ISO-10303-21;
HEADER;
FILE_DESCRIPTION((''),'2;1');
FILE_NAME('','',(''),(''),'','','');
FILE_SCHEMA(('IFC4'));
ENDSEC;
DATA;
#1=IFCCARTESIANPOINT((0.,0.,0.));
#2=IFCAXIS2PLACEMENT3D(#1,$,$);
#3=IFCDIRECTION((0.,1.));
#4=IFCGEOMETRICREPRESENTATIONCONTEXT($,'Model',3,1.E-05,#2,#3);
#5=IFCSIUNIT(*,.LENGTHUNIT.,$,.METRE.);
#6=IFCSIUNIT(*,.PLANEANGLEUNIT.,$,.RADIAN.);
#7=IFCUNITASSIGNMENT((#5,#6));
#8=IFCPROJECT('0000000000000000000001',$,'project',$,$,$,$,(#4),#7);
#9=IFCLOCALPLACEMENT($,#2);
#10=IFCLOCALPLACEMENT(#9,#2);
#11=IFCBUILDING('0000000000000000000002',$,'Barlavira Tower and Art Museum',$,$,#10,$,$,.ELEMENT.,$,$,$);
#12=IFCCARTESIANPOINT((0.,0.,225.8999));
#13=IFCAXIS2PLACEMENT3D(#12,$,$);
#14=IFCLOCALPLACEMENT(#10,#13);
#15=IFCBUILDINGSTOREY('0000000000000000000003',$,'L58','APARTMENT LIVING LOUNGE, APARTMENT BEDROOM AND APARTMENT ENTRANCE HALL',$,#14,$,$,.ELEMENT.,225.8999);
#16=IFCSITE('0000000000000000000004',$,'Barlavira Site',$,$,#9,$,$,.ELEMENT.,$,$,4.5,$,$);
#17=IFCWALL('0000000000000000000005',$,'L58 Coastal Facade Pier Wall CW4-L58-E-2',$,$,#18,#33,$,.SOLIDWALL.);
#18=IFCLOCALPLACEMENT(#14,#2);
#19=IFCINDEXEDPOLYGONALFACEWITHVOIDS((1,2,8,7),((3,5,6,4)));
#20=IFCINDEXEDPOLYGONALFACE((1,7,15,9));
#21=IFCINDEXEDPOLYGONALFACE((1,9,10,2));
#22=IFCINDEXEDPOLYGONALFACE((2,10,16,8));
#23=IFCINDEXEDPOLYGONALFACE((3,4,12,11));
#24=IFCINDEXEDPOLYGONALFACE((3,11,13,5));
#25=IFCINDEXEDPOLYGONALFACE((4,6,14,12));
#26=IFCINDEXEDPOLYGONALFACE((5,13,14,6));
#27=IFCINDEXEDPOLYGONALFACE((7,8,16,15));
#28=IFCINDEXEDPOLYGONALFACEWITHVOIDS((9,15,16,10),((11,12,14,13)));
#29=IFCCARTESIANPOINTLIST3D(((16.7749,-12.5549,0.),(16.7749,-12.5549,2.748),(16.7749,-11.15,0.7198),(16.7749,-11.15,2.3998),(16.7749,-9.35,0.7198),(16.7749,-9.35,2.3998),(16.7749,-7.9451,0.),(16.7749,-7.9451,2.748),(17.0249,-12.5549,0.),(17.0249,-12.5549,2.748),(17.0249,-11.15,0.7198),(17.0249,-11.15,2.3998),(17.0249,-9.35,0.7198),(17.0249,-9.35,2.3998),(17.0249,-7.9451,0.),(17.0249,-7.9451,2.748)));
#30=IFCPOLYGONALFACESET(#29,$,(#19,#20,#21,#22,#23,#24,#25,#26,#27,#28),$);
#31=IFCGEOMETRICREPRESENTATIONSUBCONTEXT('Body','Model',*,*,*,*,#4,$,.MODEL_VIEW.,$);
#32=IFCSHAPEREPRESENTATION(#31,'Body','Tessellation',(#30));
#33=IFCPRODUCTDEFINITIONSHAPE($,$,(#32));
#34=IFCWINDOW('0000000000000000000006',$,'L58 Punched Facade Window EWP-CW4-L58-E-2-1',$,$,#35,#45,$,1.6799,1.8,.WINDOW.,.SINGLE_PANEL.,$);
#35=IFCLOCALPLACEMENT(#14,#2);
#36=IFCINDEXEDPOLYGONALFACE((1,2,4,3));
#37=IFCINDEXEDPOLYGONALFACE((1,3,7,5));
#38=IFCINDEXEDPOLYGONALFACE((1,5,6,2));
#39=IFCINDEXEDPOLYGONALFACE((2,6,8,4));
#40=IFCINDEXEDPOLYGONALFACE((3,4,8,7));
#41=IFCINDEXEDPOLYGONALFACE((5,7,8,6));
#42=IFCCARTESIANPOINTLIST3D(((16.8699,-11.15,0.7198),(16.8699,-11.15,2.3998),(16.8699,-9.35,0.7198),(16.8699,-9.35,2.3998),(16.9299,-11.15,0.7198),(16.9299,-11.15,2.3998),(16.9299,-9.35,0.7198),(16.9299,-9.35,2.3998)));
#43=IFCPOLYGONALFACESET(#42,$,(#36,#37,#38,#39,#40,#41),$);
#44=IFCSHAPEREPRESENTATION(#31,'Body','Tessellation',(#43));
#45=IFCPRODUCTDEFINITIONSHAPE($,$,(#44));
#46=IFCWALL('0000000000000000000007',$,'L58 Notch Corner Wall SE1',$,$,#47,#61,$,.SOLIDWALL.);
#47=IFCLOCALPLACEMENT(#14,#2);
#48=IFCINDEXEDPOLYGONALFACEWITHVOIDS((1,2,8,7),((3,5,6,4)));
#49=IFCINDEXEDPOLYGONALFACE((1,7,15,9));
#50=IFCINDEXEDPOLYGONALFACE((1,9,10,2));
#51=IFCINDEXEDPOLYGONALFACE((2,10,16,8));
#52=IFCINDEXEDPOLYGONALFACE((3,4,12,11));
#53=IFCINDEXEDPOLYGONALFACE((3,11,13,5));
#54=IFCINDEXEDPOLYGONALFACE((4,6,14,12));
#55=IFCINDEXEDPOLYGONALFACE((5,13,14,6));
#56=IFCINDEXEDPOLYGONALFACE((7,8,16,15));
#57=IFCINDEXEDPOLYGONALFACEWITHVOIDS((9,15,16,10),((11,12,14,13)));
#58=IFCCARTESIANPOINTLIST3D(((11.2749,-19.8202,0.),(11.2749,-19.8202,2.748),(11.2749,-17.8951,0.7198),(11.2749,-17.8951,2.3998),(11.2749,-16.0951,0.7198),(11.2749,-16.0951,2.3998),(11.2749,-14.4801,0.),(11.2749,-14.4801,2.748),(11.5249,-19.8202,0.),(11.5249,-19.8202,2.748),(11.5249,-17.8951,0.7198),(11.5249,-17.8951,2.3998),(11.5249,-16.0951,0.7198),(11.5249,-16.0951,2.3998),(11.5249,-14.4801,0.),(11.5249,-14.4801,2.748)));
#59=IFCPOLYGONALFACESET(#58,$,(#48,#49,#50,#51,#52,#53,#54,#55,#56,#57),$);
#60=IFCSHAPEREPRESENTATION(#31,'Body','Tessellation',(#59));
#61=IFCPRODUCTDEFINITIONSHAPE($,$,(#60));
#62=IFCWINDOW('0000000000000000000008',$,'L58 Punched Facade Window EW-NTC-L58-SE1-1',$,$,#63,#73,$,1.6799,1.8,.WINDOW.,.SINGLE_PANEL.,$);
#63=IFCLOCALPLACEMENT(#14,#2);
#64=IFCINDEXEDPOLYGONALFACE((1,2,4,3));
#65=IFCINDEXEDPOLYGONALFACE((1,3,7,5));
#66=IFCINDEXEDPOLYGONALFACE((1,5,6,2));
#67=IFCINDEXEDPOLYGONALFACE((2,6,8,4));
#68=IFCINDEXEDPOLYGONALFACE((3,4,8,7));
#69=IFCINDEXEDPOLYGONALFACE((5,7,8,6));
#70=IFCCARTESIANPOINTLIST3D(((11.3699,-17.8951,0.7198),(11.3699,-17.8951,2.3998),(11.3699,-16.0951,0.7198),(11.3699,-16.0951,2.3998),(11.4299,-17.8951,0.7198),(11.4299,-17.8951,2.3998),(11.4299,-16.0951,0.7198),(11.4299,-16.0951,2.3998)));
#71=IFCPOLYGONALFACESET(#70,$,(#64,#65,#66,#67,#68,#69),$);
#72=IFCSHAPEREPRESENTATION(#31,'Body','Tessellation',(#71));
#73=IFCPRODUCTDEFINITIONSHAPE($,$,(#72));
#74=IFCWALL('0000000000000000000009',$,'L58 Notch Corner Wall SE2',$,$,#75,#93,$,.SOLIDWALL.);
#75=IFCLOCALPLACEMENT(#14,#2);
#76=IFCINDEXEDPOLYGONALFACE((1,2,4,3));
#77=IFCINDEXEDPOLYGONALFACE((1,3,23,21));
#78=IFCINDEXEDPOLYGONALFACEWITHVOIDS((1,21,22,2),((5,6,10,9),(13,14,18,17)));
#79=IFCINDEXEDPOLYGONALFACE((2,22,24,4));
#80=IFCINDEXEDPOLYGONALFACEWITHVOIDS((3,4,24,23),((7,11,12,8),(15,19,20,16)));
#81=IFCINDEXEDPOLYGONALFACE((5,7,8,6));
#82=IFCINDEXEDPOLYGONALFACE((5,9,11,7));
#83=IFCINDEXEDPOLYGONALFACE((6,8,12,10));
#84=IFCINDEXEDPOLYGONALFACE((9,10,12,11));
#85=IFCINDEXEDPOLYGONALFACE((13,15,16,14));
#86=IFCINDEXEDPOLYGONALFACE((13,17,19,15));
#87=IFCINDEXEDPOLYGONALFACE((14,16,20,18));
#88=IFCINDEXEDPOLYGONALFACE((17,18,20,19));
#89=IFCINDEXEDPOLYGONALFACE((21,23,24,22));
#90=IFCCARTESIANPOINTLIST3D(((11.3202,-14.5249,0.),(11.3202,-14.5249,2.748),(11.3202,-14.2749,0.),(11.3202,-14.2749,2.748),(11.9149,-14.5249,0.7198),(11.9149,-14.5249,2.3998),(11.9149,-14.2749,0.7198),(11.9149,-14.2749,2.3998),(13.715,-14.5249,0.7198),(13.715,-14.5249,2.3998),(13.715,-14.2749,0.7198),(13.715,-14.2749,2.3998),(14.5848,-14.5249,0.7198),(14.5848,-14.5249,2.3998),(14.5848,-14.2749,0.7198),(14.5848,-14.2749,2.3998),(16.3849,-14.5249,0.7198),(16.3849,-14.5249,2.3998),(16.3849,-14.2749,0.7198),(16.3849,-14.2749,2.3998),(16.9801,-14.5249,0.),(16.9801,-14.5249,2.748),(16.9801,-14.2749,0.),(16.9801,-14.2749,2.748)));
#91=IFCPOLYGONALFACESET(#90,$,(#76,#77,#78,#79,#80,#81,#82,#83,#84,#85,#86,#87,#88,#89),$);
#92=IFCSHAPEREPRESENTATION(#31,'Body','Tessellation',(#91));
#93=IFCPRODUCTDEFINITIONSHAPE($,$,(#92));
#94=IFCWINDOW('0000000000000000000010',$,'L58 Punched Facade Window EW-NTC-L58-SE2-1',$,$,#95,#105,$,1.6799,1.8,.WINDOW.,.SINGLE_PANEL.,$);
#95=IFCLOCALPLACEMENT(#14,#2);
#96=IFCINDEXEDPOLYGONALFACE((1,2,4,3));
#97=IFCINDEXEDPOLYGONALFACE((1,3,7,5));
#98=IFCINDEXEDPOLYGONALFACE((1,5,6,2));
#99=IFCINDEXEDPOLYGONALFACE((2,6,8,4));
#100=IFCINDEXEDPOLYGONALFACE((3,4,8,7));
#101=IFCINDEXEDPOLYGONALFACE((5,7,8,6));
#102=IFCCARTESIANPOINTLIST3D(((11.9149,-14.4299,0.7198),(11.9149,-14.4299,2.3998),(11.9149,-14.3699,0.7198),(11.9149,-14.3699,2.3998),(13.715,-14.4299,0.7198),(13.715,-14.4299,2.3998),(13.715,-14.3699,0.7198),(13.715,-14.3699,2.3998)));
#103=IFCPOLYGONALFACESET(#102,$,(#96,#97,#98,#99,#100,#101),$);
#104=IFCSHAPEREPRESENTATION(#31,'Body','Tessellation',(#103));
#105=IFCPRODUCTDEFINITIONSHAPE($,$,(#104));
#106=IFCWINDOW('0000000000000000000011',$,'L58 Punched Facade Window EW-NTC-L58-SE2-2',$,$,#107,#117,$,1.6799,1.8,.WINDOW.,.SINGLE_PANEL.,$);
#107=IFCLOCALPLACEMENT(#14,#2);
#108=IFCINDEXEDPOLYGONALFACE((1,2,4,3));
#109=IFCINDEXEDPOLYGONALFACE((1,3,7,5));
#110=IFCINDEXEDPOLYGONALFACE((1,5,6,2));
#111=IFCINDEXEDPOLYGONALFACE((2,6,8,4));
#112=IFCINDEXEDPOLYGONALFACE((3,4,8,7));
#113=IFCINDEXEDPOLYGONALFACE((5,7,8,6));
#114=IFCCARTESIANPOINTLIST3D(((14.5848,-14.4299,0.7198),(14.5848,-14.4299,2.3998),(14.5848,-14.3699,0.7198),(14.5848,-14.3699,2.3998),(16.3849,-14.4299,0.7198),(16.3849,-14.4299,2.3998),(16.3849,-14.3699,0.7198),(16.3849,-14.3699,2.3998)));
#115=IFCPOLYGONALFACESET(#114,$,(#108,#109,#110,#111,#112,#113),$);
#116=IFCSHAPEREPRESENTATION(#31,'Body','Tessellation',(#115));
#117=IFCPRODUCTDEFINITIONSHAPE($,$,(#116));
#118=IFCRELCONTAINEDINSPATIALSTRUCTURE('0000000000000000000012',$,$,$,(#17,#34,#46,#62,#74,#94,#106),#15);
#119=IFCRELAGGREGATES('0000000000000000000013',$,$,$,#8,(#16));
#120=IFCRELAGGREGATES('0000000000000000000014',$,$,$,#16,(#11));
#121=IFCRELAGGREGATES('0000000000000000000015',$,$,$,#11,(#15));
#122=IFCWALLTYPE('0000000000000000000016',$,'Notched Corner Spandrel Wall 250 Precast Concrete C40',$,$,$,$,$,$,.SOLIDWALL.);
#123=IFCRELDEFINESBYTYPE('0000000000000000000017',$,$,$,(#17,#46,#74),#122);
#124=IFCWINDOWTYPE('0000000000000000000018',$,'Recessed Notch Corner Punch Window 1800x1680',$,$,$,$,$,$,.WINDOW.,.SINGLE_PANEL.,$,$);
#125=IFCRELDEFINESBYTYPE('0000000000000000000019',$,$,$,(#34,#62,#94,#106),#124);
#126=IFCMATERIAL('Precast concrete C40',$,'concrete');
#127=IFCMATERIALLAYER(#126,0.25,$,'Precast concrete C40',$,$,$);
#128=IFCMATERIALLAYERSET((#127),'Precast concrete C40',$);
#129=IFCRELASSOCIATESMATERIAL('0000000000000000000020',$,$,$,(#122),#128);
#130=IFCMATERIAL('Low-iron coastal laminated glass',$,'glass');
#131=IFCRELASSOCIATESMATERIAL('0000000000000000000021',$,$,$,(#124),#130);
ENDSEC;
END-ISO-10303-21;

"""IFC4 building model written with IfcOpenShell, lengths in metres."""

from ifc_helpers import new_model, si_unit, direction, frame, frame_2d, origin, place, context, subcontext, project, spatial, rectangle, extrude, material, layer, layer_set, type_object, element, fill, save


model = new_model("IFC4")

# Units and contexts
model_context = context("Model", 3, precision=1e-05, world=origin(), true_north=direction((0.0, 1.0)))
body_context = subcontext(model_context, "Body", "Model", "MODEL_VIEW")
ifc_project = project(units=[si_unit("LENGTHUNIT", "METRE"), si_unit("PLANEANGLEUNIT", "RADIAN")], contexts=[model_context])

# Site, building, storey
site_placement = place(None, origin())
site = spatial("IfcSite", under=ifc_project, at=site_placement, Name="Barlavira Site", CompositionType="ELEMENT", RefElevation=4.5)
building_placement = place(site_placement, origin())
building = spatial("IfcBuilding", under=site, at=building_placement, Name="Barlavira Tower and Art Museum", CompositionType="ELEMENT")
storey_placement = place(building_placement, frame((0.0, 0.0, 225.8999)))
storey = spatial("IfcBuildingStorey", under=building, at=storey_placement, Name="L58", Description="APARTMENT LIVING LOUNGE, APARTMENT BEDROOM AND APARTMENT ENTRANCE HALL", CompositionType="ELEMENT", Elevation=225.8999)

# Shared definitions
ifc_material_1 = material(Name="Low-iron coastal laminated glass", Category="glass")

# Shared definitions
ifc_material_2 = material(Name="Precast concrete C40", Category="concrete")
ifc_layer_1 = layer(ifc_material_2, 0.25, Name="Precast concrete C40")
ifc_layer_set_1 = layer_set([ifc_layer_1], Name="Precast concrete C40")
wall_type_1 = type_object("IfcWallType", Name="Notched Corner Spandrel Wall 250 Precast Concrete C40", PredefinedType="SOLIDWALL", material=ifc_layer_set_1)
window_type_1 = type_object("IfcWindowType", Name="Recessed Notch Corner Punch Window 1800x1680", PartitioningType="SINGLE_PANEL", PredefinedType="WINDOW", material=ifc_material_1)

# Walls, openings, windows
wall_1_placement = place(storey_placement, frame((16.8999, -12.5549, 0.0), z_axis=(0.0, 0.0, 1.0), x_axis=(0.0, 1.0, 0.0)))
wall_1 = element("IfcWall", 1, at=wall_1_placement, inside=storey, type_object=wall_type_1, Name="L58 Coastal Facade Pier Wall CW4-L58-E-2", PredefinedType="SOLIDWALL", context=body_context, shape_type="SweptSolid", body=[
    extrude(rectangle(XDim=4.6099, YDim=0.25, at=frame_2d((2.3049, 0.0))), origin(), (0.0, 0.0, 1.0), 2.748),
])
opening_1_placement = place(wall_1_placement, frame((1.405, 0.0, 0.72)))
opening_1 = element("IfcOpeningElement", 2, at=opening_1_placement, cuts=wall_1, PredefinedType="OPENING", context=body_context, shape_type="SweptSolid", body=[
    extrude(rectangle(XDim=1.8, YDim=1.6799, at=frame_2d((0.8999, 0.8398))), frame((0.0, 0.135, 0.0), z_axis=(0.0, -1.0, 0.0), x_axis=(1.0, 0.0, 0.0)), (0.0, 0.0, 1.0), 0.27),
])
window_1_placement = place(opening_1_placement, origin())
window_1 = element("IfcWindow", 3, at=window_1_placement, inside=storey, type_object=window_type_1, Name="L58 Punched Facade Window EWP-CW4-L58-E-2-1", OverallHeight=1.6799, OverallWidth=1.8, PartitioningType="SINGLE_PANEL", PredefinedType="WINDOW", context=body_context, shape_type="SweptSolid", body=[
    extrude(rectangle(XDim=1.8, YDim=1.6799, at=frame_2d((0.8999, 0.8398))), frame((0.0, 0.03, 0.0), z_axis=(0.0, -1.0, 0.0), x_axis=(1.0, 0.0, 0.0)), (0.0, 0.0, 1.0), 0.0601),
])
fill(opening_1, window_1)
wall_2_placement = place(storey_placement, frame((11.3999, -19.8201, 0.0), z_axis=(0.0, 0.0, 1.0), x_axis=(0.0, 1.0, 0.0)))
wall_2 = element("IfcWall", 4, at=wall_2_placement, inside=storey, type_object=wall_type_1, Name="L58 Notch Corner Wall SE1", PredefinedType="SOLIDWALL", context=body_context, shape_type="SweptSolid", body=[
    extrude(rectangle(XDim=5.3401, YDim=0.25, at=frame_2d((2.6699, 0.0))), origin(), (0.0, 0.0, 1.0), 2.748),
])
opening_2_placement = place(wall_2_placement, frame((1.925, 0.0, 0.72)))
opening_2 = element("IfcOpeningElement", 5, at=opening_2_placement, cuts=wall_2, PredefinedType="OPENING", context=body_context, shape_type="SweptSolid", body=[
    extrude(rectangle(XDim=1.8, YDim=1.6799, at=frame_2d((0.8999, 0.8398))), frame((0.0, 0.135, 0.0), z_axis=(0.0, -1.0, 0.0), x_axis=(1.0, 0.0, 0.0)), (0.0, 0.0, 1.0), 0.27),
])
window_2_placement = place(opening_2_placement, origin())
window_2 = element("IfcWindow", 6, at=window_2_placement, inside=storey, type_object=window_type_1, Name="L58 Punched Facade Window EW-NTC-L58-SE1-1", OverallHeight=1.6799, OverallWidth=1.8, PartitioningType="SINGLE_PANEL", PredefinedType="WINDOW", context=body_context, shape_type="SweptSolid", body=[
    extrude(rectangle(XDim=1.8, YDim=1.6799, at=frame_2d((0.8999, 0.8398))), frame((0.0, 0.03, 0.0), z_axis=(0.0, -1.0, 0.0), x_axis=(1.0, 0.0, 0.0)), (0.0, 0.0, 1.0), 0.0601),
])
fill(opening_2, window_2)

# Wall, openings, windows
wall_3_placement = place(storey_placement, frame((11.3201, -14.3999, 0.0), z_axis=(0.0, 0.0, 1.0), x_axis=(1.0, 0.0, 0.0)))
wall_3 = element("IfcWall", 7, at=wall_3_placement, inside=storey, type_object=wall_type_1, Name="L58 Notch Corner Wall SE2", PredefinedType="SOLIDWALL", context=body_context, shape_type="SweptSolid", body=[
    extrude(rectangle(XDim=5.6599, YDim=0.25, at=frame_2d((2.8301, 0.0))), origin(), (0.0, 0.0, 1.0), 2.748),
])
opening_3_placement = place(wall_3_placement, frame((0.595, 0.0, 0.72)))
opening_3 = element("IfcOpeningElement", 8, at=opening_3_placement, cuts=wall_3, PredefinedType="OPENING", context=body_context, shape_type="SweptSolid", body=[
    extrude(rectangle(XDim=1.8, YDim=1.6799, at=frame_2d((0.8999, 0.8398))), frame((0.0, 0.135, 0.0), z_axis=(0.0, -1.0, 0.0), x_axis=(1.0, 0.0, 0.0)), (0.0, 0.0, 1.0), 0.27),
])
opening_4_placement = place(wall_3_placement, frame((3.2649, 0.0, 0.72)))
opening_4 = element("IfcOpeningElement", 9, at=opening_4_placement, cuts=wall_3, PredefinedType="OPENING", context=body_context, shape_type="SweptSolid", body=[
    extrude(rectangle(XDim=1.8, YDim=1.6799, at=frame_2d((0.8999, 0.8398))), frame((0.0, 0.135, 0.0), z_axis=(0.0, -1.0, 0.0), x_axis=(1.0, 0.0, 0.0)), (0.0, 0.0, 1.0), 0.27),
])
window_3_placement = place(opening_3_placement, origin())
window_3 = element("IfcWindow", 10, at=window_3_placement, inside=storey, type_object=window_type_1, Name="L58 Punched Facade Window EW-NTC-L58-SE2-1", OverallHeight=1.6799, OverallWidth=1.8, PartitioningType="SINGLE_PANEL", PredefinedType="WINDOW", context=body_context, shape_type="SweptSolid", body=[
    extrude(rectangle(XDim=1.8, YDim=1.6799, at=frame_2d((0.8999, 0.8398))), frame((0.0, 0.03, 0.0), z_axis=(0.0, -1.0, 0.0), x_axis=(1.0, 0.0, 0.0)), (0.0, 0.0, 1.0), 0.0601),
])
fill(opening_3, window_3)
window_4_placement = place(opening_4_placement, origin())
window_4 = element("IfcWindow", 11, at=window_4_placement, inside=storey, type_object=window_type_1, Name="L58 Punched Facade Window EW-NTC-L58-SE2-2", OverallHeight=1.6799, OverallWidth=1.8, PartitioningType="SINGLE_PANEL", PredefinedType="WINDOW", context=body_context, shape_type="SweptSolid", body=[
    extrude(rectangle(XDim=1.8, YDim=1.6799, at=frame_2d((0.8999, 0.8398))), frame((0.0, 0.03, 0.0), z_axis=(0.0, -1.0, 0.0), x_axis=(1.0, 0.0, 0.0)), (0.0, 0.0, 1.0), 0.0601),
])
fill(opening_4, window_4)

save(model, "model.ifc")
